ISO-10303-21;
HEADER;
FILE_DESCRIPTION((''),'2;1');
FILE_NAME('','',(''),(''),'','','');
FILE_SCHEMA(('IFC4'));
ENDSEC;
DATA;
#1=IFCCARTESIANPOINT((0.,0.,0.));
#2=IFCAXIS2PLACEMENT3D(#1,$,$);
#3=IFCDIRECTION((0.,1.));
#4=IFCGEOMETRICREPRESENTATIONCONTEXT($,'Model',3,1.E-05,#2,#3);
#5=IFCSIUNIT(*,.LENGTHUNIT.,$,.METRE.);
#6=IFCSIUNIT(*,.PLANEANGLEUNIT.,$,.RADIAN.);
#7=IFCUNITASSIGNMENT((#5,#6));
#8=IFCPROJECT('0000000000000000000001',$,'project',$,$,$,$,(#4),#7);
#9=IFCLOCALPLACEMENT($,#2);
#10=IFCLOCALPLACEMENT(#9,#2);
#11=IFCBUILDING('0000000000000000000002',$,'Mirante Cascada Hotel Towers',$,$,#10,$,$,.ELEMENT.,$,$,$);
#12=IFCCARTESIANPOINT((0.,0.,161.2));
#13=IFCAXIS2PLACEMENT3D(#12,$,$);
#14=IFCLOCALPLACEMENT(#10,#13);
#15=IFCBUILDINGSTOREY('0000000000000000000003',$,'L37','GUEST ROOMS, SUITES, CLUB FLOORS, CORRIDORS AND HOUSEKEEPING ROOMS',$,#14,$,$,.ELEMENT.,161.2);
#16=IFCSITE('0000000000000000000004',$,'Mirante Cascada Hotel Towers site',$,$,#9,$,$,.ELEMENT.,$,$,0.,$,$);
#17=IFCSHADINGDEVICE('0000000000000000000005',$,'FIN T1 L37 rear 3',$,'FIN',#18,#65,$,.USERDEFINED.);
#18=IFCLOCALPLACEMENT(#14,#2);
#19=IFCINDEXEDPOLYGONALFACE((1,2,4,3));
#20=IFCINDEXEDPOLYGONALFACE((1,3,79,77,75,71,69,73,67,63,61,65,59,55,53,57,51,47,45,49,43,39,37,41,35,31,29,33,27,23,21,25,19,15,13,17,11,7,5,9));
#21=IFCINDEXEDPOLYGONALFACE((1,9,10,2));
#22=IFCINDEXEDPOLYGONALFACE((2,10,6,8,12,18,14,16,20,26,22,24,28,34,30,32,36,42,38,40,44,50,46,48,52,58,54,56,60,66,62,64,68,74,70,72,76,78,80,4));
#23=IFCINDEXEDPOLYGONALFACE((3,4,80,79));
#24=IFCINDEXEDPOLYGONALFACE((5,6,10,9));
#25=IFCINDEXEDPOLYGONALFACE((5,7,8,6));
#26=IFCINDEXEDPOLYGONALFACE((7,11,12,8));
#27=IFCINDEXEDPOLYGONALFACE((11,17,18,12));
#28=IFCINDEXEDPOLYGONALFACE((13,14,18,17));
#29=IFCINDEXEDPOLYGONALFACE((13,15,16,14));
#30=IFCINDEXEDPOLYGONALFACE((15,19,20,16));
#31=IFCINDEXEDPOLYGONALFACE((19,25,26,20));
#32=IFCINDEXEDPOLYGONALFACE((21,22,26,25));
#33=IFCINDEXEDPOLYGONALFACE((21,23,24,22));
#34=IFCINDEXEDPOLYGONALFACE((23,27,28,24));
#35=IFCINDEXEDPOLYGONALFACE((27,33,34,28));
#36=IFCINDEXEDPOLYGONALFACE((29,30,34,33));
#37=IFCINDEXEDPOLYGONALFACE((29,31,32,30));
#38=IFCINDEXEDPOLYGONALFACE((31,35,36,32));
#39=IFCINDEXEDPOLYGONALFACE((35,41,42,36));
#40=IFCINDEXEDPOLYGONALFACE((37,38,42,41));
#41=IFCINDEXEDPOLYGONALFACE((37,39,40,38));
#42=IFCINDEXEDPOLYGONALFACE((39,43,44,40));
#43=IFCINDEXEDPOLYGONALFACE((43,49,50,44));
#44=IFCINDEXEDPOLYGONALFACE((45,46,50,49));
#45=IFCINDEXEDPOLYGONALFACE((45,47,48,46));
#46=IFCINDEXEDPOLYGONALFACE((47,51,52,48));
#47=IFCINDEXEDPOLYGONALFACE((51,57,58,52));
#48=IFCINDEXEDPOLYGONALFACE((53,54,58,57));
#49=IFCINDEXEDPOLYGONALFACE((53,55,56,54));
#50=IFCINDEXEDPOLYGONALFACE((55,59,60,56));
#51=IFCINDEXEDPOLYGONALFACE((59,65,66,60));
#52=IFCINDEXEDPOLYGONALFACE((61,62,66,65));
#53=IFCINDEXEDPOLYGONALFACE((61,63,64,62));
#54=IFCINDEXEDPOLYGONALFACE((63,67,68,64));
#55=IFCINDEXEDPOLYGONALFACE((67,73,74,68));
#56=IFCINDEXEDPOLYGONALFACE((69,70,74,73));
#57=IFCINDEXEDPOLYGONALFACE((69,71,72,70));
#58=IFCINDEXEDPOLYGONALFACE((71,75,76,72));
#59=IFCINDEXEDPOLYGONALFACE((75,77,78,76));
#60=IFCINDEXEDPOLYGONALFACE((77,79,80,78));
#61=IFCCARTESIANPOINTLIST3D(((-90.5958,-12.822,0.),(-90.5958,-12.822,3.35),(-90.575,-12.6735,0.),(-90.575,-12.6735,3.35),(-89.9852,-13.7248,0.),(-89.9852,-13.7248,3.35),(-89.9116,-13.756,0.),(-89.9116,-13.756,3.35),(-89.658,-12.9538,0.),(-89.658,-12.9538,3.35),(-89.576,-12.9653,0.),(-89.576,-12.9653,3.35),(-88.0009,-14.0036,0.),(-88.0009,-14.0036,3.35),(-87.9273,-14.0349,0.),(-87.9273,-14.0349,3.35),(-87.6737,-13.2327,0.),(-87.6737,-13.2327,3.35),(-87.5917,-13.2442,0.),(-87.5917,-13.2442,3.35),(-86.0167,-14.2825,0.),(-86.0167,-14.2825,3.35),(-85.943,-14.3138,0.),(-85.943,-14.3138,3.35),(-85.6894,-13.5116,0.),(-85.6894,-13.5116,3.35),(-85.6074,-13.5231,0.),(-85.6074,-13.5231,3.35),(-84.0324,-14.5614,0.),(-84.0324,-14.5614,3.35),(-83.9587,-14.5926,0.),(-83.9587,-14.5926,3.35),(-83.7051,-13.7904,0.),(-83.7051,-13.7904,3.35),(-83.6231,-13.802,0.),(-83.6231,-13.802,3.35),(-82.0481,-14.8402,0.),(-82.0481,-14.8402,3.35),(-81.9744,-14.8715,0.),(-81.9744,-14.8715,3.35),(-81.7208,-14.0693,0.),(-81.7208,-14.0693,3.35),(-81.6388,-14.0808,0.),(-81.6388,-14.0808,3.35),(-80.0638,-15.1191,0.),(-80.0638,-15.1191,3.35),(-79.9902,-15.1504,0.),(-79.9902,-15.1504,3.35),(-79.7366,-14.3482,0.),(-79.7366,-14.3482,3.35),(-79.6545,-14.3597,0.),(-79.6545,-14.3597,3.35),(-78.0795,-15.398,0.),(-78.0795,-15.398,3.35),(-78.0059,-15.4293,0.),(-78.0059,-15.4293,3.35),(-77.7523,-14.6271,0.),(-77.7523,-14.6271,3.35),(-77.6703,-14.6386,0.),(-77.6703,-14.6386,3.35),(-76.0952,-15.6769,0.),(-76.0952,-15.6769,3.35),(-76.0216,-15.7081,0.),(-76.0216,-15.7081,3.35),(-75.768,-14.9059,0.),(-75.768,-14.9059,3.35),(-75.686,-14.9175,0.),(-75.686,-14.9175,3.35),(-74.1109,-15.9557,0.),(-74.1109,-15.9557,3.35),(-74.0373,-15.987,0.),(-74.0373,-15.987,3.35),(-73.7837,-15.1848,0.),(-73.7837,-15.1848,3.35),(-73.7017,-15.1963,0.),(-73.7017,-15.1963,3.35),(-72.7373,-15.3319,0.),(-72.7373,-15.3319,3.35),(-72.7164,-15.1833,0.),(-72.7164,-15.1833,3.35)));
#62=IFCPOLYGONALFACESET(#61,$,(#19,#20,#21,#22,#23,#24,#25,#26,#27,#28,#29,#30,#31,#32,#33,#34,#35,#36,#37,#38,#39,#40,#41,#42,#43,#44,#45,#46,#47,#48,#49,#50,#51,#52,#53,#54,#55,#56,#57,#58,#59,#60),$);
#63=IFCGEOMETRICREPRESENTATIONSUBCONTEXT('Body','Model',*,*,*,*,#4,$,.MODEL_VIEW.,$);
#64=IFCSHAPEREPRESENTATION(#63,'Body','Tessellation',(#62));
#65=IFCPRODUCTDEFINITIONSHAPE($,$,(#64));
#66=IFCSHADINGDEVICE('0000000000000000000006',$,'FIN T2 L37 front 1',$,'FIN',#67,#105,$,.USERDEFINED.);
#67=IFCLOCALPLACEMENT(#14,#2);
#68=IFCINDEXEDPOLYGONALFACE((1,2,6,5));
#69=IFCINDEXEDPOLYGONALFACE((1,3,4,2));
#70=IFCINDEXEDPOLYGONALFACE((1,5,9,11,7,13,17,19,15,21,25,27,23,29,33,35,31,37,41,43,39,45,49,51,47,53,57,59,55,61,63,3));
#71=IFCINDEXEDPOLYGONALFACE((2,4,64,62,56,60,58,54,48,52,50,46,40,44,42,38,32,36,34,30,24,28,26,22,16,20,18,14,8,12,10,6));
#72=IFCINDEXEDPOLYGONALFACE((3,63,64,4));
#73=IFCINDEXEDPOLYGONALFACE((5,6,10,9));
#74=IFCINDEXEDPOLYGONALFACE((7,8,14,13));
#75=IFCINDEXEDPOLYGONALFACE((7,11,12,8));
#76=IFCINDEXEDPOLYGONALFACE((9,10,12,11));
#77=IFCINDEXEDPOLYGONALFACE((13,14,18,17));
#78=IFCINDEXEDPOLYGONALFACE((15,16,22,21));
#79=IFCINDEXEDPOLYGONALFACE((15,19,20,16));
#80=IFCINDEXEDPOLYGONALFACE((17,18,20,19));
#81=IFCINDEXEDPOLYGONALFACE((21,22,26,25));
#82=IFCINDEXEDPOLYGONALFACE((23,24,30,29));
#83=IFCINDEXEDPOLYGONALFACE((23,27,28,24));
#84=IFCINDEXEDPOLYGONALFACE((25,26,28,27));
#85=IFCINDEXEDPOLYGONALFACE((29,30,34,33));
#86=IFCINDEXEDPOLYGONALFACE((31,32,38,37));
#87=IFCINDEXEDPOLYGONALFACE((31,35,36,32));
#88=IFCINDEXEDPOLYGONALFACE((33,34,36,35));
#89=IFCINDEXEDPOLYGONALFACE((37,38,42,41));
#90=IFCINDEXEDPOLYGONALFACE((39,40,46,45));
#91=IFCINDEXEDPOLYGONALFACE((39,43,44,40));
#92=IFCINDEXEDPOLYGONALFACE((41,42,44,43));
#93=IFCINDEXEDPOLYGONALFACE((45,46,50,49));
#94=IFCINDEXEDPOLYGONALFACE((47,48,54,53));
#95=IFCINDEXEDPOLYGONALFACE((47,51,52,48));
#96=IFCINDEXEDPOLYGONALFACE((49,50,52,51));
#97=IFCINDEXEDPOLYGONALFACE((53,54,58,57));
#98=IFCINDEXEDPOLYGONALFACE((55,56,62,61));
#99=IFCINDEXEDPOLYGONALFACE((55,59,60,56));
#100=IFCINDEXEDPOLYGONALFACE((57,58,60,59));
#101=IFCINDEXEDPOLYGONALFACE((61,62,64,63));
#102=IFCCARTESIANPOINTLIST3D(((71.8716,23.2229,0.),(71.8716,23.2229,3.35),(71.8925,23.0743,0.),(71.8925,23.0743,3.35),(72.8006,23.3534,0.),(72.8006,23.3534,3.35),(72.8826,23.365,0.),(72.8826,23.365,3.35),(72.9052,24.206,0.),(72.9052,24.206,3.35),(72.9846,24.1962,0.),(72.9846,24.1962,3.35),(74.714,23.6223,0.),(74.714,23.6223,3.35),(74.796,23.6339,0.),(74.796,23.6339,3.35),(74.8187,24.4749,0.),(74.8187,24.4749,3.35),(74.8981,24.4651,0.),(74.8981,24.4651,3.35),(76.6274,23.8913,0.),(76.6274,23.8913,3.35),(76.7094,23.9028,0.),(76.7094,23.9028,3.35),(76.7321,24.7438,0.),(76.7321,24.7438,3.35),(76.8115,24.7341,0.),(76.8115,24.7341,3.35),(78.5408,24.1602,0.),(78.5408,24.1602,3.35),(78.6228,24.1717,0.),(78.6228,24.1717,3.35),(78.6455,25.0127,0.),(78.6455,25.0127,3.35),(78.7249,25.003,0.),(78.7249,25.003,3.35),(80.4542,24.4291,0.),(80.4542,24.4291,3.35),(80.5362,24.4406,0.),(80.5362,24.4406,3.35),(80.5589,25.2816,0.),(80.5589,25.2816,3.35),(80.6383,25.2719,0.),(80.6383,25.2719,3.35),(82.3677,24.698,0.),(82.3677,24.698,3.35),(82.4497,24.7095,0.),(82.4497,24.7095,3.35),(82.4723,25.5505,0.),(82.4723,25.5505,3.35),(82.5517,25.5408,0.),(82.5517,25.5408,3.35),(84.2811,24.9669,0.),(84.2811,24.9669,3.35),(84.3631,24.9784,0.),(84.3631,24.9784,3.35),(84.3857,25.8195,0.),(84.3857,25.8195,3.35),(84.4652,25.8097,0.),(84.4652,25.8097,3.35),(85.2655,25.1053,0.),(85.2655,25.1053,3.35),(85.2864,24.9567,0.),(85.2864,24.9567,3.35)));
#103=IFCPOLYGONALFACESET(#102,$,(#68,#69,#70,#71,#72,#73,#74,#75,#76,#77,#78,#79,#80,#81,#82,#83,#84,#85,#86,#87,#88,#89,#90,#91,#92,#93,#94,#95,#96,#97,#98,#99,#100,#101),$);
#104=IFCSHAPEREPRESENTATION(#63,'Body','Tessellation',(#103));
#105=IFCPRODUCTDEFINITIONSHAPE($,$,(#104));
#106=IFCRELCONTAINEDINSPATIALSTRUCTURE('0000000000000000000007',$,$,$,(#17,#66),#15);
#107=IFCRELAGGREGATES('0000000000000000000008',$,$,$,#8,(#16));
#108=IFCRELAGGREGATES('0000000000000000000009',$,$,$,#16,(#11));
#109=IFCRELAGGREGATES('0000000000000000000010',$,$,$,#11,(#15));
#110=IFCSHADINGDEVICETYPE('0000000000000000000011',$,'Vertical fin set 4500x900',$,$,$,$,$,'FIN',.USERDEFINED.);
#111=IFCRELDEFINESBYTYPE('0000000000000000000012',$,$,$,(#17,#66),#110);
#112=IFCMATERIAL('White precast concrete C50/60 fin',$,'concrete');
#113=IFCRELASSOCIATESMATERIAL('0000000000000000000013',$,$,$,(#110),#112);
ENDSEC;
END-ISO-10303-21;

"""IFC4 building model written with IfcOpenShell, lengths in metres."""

from ifc_helpers import new_model, si_unit, direction, frame, origin, place, context, subcontext, project, spatial, polyline, outline, extrude, material, type_object, element, save


model = new_model("IFC4")

# Units and contexts
model_context = context("Model", 3, precision=1e-05, world=origin(), true_north=direction((0.0, 1.0)))
body_context = subcontext(model_context, "Body", "Model", "MODEL_VIEW")
ifc_project = project(units=[si_unit("LENGTHUNIT", "METRE"), si_unit("PLANEANGLEUNIT", "RADIAN")], contexts=[model_context])

# Site, building, storey
site_placement = place(None, origin())
site = spatial("IfcSite", under=ifc_project, at=site_placement, Name="Mirante Cascada Hotel Towers site", CompositionType="ELEMENT", RefElevation=0.0)
building_placement = place(site_placement, origin())
building = spatial("IfcBuilding", under=site, at=building_placement, Name="Mirante Cascada Hotel Towers", CompositionType="ELEMENT")
storey_placement = place(building_placement, frame((0.0, 0.0, 161.2)))
storey = spatial("IfcBuildingStorey", under=building, at=storey_placement, Name="L37", Description="GUEST ROOMS, SUITES, CLUB FLOORS, CORRIDORS AND HOUSEKEEPING ROOMS", CompositionType="ELEMENT", Elevation=161.2)

# Shading devices
ifc_material_1 = material(Name="White precast concrete C50/60 fin", Category="concrete")
shading_device_type = type_object("IfcShadingDeviceType", Name="Vertical fin set 4500x900", ElementType="FIN", PredefinedType="USERDEFINED", material=ifc_material_1)
shading_device_1_placement = place(storey_placement, origin())
element("IfcShadingDevice", 1, at=shading_device_1_placement, inside=storey, type_object=shading_device_type, Name="FIN T1 L37 rear 3", ObjectType="FIN", PredefinedType="USERDEFINED", context=body_context, shape_type="SweptSolid", body=[
    extrude(outline(polyline([(-73.7837, -15.1848), (-75.686, -14.9175), (-76.0216, -15.7081), (-76.0952, -15.6769), (-75.768, -14.9059), (-77.6703, -14.6386), (-78.0059, -15.4293), (-78.0795, -15.398), (-77.7523, -14.6271), (-79.6545, -14.3597), (-79.9902, -15.1504), (-80.0638, -15.1191), (-79.7366, -14.3482), (-81.6388, -14.0808), (-81.9744, -14.8715), (-82.0481, -14.8402), (-81.7208, -14.0693), (-83.6231, -13.802), (-83.9587, -14.5926), (-84.0324, -14.5614), (-83.7051, -13.7904), (-85.6074, -13.5231), (-85.943, -14.3138), (-86.0167, -14.2825), (-85.6894, -13.5116), (-87.5917, -13.2442), (-87.9273, -14.0349), (-88.0009, -14.0036), (-87.6737, -13.2327), (-89.576, -12.9653), (-89.9116, -13.756), (-89.9852, -13.7248), (-89.658, -12.9538), (-90.5958, -12.822), (-90.575, -12.6735), (-72.7164, -15.1833), (-72.7373, -15.3319), (-73.7017, -15.1963), (-74.0373, -15.987), (-74.1109, -15.9557), (-73.7837, -15.1848)])), origin(), (0.0, 0.0, 1.0), 3.35),
])
shading_device_2_placement = place(storey_placement, origin())
element("IfcShadingDevice", 2, at=shading_device_2_placement, inside=storey, type_object=shading_device_type, Name="FIN T2 L37 front 1", ObjectType="FIN", PredefinedType="USERDEFINED", context=body_context, shape_type="SweptSolid", body=[
    extrude(outline(polyline([(72.9846, 24.1962), (72.8826, 23.365), (74.714, 23.6223), (74.8187, 24.4749), (74.8981, 24.4651), (74.796, 23.6339), (76.6274, 23.8913), (76.7321, 24.7438), (76.8115, 24.7341), (76.7094, 23.9028), (78.5408, 24.1602), (78.6455, 25.0127), (78.7249, 25.003), (78.6228, 24.1717), (80.4542, 24.4291), (80.5589, 25.2816), (80.6383, 25.2719), (80.5362, 24.4406), (82.3677, 24.698), (82.4723, 25.5505), (82.5517, 25.5408), (82.4497, 24.7095), (84.2811, 24.9669), (84.3857, 25.8195), (84.4652, 25.8097), (84.3631, 24.9784), (85.2655, 25.1053), (85.2864, 24.9567), (71.8925, 23.0743), (71.8716, 23.2229), (72.8006, 23.3534), (72.9052, 24.206), (72.9846, 24.1962)])), origin(), (0.0, 0.0, 1.0), 3.35),
])

save(model, "model.ifc")
